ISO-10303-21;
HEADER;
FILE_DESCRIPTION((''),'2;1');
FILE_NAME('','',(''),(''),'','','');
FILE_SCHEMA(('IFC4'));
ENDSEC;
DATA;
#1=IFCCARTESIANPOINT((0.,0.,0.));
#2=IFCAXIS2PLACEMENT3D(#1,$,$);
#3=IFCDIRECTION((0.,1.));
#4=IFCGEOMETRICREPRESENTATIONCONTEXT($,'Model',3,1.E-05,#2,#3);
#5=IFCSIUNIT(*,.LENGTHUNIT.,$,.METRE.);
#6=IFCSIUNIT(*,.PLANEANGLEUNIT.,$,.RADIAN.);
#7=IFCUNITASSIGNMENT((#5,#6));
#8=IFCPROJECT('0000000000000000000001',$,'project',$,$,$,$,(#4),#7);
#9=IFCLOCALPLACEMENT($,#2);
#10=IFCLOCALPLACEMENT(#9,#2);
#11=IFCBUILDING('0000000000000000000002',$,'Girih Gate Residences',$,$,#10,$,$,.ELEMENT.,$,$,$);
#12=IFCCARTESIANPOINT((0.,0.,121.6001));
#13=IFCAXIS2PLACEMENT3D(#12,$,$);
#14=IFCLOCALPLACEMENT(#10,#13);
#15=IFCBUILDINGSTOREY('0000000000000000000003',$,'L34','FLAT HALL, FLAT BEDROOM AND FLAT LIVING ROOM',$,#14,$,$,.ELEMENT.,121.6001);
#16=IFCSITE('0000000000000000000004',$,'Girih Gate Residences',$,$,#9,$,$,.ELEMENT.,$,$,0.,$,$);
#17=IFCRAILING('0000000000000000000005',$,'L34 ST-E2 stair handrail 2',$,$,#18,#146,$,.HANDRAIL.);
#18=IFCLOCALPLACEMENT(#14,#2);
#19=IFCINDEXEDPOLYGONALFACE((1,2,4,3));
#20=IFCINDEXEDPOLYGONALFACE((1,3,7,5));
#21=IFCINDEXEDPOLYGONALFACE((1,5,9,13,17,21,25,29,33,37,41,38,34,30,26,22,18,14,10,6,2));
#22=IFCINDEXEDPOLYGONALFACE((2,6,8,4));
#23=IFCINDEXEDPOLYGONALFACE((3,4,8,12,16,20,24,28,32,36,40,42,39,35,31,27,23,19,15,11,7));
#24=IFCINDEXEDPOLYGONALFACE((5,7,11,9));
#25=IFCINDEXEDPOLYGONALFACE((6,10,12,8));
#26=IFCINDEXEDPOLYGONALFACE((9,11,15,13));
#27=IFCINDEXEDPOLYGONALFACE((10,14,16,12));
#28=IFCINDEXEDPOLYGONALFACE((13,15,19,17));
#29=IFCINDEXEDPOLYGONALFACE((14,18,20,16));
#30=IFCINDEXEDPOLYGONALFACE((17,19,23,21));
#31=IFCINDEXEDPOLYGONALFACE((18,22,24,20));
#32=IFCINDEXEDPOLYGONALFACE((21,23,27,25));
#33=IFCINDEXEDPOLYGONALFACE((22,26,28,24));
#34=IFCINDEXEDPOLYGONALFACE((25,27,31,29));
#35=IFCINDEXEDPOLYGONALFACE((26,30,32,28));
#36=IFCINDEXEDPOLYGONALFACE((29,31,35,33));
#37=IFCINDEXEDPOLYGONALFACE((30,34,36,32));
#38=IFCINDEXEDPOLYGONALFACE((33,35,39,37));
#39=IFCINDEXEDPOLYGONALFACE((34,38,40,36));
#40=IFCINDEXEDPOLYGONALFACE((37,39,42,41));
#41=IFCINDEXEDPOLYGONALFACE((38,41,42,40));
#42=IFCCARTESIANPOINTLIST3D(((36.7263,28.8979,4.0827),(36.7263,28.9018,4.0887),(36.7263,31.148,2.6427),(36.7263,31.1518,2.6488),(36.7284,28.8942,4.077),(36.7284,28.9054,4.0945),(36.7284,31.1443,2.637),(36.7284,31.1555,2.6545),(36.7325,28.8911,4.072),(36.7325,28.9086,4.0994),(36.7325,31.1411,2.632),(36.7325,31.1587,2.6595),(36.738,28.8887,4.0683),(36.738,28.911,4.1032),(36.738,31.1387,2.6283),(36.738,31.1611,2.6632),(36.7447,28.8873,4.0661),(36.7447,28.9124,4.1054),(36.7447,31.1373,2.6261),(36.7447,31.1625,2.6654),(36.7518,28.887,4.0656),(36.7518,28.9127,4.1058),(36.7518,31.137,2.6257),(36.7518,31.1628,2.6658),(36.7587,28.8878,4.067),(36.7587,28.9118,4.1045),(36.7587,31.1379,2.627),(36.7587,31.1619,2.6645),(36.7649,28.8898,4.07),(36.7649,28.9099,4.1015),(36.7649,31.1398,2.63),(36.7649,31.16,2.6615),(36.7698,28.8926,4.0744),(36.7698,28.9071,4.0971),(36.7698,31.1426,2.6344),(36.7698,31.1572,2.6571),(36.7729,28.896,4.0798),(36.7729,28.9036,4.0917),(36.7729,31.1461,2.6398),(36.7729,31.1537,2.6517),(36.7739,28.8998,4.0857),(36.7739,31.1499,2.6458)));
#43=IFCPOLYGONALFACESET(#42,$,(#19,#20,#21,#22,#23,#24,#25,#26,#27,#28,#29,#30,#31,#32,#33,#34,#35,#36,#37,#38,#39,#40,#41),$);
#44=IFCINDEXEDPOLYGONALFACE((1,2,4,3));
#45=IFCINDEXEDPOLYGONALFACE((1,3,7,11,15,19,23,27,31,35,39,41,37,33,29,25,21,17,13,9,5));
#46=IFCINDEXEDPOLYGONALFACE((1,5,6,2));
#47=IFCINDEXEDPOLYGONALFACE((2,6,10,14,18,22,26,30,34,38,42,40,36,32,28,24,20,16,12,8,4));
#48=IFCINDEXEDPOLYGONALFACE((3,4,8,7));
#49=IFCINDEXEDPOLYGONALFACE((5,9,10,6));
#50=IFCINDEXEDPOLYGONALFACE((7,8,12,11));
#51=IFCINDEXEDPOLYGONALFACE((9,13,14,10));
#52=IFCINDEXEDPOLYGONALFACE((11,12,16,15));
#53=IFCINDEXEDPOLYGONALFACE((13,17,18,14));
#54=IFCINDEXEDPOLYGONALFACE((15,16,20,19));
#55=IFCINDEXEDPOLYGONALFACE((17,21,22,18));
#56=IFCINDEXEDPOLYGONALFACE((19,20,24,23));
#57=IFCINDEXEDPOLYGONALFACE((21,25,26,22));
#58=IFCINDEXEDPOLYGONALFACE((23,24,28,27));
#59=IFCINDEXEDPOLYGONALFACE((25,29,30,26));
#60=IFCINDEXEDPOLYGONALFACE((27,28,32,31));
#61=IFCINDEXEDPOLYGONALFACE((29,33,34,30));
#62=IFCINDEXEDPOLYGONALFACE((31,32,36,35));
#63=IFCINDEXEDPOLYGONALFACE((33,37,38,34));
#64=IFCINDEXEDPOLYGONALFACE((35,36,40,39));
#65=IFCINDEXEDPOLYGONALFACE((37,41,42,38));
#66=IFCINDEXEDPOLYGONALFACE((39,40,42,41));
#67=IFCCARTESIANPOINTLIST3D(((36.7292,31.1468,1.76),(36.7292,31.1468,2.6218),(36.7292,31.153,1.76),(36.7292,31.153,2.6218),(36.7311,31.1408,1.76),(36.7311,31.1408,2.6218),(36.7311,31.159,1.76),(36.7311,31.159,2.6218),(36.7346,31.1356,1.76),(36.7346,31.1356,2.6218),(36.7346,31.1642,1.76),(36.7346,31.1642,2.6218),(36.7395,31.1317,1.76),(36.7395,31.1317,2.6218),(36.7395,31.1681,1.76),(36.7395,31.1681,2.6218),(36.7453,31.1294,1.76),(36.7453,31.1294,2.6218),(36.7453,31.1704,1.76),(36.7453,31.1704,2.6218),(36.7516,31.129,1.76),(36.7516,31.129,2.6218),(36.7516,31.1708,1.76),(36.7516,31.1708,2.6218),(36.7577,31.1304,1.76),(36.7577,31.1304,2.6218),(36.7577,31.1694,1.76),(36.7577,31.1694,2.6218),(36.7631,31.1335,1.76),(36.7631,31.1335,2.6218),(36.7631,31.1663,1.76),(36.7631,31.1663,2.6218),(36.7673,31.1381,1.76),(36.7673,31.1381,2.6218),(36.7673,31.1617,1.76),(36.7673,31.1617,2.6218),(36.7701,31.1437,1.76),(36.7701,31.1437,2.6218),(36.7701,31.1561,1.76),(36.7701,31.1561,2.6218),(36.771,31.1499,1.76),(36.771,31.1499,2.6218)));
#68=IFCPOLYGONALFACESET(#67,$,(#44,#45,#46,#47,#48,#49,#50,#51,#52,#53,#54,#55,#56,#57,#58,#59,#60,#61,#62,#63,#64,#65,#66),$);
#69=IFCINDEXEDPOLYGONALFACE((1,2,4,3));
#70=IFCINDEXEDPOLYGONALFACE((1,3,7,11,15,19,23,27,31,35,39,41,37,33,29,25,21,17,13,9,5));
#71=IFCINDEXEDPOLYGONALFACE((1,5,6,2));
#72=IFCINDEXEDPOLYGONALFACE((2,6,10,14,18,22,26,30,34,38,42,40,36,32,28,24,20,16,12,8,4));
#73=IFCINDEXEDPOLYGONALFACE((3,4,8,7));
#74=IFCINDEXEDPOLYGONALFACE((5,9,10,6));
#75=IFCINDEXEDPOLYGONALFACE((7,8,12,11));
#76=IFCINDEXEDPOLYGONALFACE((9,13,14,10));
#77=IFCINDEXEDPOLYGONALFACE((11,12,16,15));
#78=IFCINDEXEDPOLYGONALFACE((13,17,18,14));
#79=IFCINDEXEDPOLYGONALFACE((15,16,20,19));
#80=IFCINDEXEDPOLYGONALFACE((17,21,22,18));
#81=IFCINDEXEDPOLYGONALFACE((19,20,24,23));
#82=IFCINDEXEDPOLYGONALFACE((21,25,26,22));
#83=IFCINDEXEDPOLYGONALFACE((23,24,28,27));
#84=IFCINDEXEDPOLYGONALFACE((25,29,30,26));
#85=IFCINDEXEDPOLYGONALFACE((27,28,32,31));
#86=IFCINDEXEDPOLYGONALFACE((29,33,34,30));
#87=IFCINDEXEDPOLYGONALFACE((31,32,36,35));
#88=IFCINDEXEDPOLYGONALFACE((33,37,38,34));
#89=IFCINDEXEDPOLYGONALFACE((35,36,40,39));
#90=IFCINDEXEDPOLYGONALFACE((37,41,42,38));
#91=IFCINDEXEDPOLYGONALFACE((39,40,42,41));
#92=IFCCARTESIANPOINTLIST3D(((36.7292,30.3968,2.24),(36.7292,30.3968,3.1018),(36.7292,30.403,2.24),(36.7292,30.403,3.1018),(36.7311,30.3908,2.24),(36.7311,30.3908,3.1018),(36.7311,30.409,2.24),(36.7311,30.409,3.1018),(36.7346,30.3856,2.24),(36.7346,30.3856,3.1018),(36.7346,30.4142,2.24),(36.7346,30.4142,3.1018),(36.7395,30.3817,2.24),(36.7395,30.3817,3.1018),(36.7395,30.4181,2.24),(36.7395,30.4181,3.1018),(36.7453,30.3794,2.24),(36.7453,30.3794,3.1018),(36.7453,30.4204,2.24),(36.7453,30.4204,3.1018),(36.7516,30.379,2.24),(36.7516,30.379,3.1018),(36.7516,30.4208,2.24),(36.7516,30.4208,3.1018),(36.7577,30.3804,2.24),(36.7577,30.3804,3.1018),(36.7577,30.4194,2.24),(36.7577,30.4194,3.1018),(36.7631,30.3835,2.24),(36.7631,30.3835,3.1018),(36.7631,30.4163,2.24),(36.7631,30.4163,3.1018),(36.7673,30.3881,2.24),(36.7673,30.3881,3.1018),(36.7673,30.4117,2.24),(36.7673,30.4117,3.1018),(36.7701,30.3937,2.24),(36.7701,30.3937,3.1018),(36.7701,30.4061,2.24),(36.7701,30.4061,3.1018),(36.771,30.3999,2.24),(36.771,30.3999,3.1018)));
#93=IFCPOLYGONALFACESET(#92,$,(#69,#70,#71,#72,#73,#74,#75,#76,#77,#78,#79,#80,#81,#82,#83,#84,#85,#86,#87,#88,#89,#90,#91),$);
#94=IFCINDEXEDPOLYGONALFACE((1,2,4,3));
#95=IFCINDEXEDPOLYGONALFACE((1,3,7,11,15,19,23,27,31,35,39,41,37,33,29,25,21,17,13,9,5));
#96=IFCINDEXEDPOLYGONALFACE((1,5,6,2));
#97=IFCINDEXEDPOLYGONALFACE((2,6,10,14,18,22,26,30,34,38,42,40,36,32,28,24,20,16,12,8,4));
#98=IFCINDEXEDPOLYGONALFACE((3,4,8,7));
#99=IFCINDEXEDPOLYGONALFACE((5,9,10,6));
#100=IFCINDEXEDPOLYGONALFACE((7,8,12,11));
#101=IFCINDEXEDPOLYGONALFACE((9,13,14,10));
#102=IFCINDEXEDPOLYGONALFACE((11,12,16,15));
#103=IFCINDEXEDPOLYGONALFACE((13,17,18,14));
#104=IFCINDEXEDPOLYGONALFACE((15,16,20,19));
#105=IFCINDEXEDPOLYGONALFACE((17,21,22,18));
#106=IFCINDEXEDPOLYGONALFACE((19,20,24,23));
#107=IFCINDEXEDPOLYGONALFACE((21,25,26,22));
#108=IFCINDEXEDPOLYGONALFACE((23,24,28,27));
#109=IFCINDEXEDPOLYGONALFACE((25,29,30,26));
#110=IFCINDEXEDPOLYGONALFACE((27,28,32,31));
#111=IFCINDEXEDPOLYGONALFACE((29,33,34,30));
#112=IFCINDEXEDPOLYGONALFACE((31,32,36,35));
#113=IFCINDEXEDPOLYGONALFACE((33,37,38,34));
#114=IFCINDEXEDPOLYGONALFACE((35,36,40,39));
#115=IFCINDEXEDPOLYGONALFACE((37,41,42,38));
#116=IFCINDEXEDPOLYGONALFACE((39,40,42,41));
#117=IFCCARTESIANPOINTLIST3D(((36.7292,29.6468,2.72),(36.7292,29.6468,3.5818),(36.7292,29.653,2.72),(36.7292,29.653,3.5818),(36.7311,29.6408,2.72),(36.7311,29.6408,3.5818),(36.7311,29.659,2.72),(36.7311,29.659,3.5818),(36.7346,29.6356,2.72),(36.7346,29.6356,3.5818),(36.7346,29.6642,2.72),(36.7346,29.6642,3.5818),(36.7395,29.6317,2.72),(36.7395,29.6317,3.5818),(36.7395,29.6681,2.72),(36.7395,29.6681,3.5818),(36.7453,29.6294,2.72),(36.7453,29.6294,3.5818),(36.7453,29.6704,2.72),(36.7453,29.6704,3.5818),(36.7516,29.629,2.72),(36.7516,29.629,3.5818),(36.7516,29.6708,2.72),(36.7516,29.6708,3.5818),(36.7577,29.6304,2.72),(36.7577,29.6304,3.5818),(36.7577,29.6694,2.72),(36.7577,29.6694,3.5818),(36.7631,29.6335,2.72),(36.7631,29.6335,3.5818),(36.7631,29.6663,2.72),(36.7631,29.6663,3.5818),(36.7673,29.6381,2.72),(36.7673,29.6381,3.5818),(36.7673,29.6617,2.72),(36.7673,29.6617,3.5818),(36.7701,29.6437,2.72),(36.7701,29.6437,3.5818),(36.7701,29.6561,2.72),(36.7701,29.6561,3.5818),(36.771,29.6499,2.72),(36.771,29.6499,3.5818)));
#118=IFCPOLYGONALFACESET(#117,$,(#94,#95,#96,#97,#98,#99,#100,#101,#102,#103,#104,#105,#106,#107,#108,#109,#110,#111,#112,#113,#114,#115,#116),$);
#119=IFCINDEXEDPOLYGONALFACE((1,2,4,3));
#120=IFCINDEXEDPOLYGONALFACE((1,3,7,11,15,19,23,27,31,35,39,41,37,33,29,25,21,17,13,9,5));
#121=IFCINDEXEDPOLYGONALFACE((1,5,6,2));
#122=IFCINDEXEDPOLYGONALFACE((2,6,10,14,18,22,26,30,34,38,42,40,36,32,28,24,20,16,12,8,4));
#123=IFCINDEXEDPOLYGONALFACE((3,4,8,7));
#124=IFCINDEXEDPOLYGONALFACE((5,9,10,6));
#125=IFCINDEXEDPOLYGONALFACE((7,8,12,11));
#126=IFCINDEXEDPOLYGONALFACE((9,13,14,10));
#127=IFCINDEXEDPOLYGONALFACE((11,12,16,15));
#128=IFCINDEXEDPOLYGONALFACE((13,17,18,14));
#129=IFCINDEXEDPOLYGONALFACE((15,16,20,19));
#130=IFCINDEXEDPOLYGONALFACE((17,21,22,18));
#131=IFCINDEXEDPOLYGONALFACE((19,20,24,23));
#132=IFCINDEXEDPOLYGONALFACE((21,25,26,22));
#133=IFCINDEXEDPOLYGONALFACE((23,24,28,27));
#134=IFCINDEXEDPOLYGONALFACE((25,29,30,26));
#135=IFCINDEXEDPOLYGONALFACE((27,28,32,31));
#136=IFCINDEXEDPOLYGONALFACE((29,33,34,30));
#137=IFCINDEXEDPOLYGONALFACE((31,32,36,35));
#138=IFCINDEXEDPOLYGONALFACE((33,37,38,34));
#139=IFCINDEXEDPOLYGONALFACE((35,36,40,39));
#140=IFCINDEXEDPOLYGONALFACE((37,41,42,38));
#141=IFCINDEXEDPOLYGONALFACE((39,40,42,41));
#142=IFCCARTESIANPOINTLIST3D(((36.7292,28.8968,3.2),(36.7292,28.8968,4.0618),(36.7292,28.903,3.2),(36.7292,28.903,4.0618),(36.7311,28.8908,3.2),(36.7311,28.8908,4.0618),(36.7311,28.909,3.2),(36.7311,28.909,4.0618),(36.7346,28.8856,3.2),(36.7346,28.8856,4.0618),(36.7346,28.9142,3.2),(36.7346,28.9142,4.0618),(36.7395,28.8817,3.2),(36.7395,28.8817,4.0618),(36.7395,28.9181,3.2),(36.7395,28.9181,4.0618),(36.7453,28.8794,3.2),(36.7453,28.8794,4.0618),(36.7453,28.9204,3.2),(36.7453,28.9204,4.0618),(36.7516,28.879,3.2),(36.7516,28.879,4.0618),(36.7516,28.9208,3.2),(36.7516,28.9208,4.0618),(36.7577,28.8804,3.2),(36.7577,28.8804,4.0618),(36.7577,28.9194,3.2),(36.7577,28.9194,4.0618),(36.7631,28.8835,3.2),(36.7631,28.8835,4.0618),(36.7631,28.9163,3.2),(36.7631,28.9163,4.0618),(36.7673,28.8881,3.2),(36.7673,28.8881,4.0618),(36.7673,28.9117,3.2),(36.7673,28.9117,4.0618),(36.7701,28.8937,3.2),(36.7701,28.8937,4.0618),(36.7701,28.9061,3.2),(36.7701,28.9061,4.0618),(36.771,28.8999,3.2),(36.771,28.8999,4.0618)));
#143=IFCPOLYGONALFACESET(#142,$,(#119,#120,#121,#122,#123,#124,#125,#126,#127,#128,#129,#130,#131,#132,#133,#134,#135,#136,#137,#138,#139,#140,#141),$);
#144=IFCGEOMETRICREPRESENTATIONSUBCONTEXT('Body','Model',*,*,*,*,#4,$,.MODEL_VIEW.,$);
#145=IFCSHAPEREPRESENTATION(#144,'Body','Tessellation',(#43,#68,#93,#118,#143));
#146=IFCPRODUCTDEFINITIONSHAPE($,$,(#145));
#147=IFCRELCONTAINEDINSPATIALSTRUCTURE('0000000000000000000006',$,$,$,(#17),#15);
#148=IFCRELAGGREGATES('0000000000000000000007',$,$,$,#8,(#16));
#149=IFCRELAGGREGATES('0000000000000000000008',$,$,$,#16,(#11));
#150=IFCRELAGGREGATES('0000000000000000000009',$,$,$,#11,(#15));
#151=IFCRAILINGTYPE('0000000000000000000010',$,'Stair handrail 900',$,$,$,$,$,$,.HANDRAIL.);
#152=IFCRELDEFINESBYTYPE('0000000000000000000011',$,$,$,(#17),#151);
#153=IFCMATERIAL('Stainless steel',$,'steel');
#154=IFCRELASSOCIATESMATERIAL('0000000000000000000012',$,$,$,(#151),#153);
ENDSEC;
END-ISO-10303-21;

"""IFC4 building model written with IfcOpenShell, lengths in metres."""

from ifc_helpers import new_model, si_unit, direction, frame, origin, origin_2d, place, context, subcontext, project, spatial, circle, extrude, material, type_object, element, save


model = new_model("IFC4")

# Units and contexts
model_context = context("Model", 3, precision=1e-05, world=origin(), true_north=direction((0.0, 1.0)))
body_context = subcontext(model_context, "Body", "Model", "MODEL_VIEW")
ifc_project = project(units=[si_unit("LENGTHUNIT", "METRE"), si_unit("PLANEANGLEUNIT", "RADIAN")], contexts=[model_context])

# Site, building, storey
site_placement = place(None, origin())
site = spatial("IfcSite", under=ifc_project, at=site_placement, Name="Girih Gate Residences", CompositionType="ELEMENT", RefElevation=0.0)
building_placement = place(site_placement, origin())
building = spatial("IfcBuilding", under=site, at=building_placement, Name="Girih Gate Residences", CompositionType="ELEMENT")
storey_placement = place(building_placement, frame((0.0, 0.0, 121.6001)))
storey = spatial("IfcBuildingStorey", under=building, at=storey_placement, Name="L34", Description="FLAT HALL, FLAT BEDROOM AND FLAT LIVING ROOM", CompositionType="ELEMENT", Elevation=121.6001)

# Railing
ifc_material_1 = material(Name="Stainless steel", Category="steel")
railing_type_1 = type_object("IfcRailingType", Name="Stair handrail 900", PredefinedType="HANDRAIL", material=ifc_material_1)
railing_1_placement = place(storey_placement, frame((36.75, 31.1499, 1.76)))
element("IfcRailing", 1, at=railing_1_placement, inside=storey, type_object=railing_type_1, Name="L34 ST-E2 stair handrail 2", PredefinedType="HANDRAIL", context=body_context, shape_type="SweptSolid", body=[
    extrude(circle(Radius=0.0239, at=origin_2d()), frame((0.0, 0.0, 0.8857), z_axis=(0.0, -0.842281, 0.539038), x_axis=(1.0, 0.0, 0.0)), (0.0, 0.0, 1.0), 2.6714),
    extrude(circle(Radius=0.021, at=origin_2d()), origin(), (0.0, 0.0, 1.0), 0.8618),
    extrude(circle(Radius=0.021, at=origin_2d()), frame((0.0, -0.75, 0.48)), (0.0, 0.0, 1.0), 0.8618),
    extrude(circle(Radius=0.021, at=origin_2d()), frame((0.0, -1.5, 0.96)), (0.0, 0.0, 1.0), 0.8618),
    extrude(circle(Radius=0.021, at=origin_2d()), frame((0.0, -2.25, 1.4399)), (0.0, 0.0, 1.0), 0.8618),
])

save(model, "model.ifc")
